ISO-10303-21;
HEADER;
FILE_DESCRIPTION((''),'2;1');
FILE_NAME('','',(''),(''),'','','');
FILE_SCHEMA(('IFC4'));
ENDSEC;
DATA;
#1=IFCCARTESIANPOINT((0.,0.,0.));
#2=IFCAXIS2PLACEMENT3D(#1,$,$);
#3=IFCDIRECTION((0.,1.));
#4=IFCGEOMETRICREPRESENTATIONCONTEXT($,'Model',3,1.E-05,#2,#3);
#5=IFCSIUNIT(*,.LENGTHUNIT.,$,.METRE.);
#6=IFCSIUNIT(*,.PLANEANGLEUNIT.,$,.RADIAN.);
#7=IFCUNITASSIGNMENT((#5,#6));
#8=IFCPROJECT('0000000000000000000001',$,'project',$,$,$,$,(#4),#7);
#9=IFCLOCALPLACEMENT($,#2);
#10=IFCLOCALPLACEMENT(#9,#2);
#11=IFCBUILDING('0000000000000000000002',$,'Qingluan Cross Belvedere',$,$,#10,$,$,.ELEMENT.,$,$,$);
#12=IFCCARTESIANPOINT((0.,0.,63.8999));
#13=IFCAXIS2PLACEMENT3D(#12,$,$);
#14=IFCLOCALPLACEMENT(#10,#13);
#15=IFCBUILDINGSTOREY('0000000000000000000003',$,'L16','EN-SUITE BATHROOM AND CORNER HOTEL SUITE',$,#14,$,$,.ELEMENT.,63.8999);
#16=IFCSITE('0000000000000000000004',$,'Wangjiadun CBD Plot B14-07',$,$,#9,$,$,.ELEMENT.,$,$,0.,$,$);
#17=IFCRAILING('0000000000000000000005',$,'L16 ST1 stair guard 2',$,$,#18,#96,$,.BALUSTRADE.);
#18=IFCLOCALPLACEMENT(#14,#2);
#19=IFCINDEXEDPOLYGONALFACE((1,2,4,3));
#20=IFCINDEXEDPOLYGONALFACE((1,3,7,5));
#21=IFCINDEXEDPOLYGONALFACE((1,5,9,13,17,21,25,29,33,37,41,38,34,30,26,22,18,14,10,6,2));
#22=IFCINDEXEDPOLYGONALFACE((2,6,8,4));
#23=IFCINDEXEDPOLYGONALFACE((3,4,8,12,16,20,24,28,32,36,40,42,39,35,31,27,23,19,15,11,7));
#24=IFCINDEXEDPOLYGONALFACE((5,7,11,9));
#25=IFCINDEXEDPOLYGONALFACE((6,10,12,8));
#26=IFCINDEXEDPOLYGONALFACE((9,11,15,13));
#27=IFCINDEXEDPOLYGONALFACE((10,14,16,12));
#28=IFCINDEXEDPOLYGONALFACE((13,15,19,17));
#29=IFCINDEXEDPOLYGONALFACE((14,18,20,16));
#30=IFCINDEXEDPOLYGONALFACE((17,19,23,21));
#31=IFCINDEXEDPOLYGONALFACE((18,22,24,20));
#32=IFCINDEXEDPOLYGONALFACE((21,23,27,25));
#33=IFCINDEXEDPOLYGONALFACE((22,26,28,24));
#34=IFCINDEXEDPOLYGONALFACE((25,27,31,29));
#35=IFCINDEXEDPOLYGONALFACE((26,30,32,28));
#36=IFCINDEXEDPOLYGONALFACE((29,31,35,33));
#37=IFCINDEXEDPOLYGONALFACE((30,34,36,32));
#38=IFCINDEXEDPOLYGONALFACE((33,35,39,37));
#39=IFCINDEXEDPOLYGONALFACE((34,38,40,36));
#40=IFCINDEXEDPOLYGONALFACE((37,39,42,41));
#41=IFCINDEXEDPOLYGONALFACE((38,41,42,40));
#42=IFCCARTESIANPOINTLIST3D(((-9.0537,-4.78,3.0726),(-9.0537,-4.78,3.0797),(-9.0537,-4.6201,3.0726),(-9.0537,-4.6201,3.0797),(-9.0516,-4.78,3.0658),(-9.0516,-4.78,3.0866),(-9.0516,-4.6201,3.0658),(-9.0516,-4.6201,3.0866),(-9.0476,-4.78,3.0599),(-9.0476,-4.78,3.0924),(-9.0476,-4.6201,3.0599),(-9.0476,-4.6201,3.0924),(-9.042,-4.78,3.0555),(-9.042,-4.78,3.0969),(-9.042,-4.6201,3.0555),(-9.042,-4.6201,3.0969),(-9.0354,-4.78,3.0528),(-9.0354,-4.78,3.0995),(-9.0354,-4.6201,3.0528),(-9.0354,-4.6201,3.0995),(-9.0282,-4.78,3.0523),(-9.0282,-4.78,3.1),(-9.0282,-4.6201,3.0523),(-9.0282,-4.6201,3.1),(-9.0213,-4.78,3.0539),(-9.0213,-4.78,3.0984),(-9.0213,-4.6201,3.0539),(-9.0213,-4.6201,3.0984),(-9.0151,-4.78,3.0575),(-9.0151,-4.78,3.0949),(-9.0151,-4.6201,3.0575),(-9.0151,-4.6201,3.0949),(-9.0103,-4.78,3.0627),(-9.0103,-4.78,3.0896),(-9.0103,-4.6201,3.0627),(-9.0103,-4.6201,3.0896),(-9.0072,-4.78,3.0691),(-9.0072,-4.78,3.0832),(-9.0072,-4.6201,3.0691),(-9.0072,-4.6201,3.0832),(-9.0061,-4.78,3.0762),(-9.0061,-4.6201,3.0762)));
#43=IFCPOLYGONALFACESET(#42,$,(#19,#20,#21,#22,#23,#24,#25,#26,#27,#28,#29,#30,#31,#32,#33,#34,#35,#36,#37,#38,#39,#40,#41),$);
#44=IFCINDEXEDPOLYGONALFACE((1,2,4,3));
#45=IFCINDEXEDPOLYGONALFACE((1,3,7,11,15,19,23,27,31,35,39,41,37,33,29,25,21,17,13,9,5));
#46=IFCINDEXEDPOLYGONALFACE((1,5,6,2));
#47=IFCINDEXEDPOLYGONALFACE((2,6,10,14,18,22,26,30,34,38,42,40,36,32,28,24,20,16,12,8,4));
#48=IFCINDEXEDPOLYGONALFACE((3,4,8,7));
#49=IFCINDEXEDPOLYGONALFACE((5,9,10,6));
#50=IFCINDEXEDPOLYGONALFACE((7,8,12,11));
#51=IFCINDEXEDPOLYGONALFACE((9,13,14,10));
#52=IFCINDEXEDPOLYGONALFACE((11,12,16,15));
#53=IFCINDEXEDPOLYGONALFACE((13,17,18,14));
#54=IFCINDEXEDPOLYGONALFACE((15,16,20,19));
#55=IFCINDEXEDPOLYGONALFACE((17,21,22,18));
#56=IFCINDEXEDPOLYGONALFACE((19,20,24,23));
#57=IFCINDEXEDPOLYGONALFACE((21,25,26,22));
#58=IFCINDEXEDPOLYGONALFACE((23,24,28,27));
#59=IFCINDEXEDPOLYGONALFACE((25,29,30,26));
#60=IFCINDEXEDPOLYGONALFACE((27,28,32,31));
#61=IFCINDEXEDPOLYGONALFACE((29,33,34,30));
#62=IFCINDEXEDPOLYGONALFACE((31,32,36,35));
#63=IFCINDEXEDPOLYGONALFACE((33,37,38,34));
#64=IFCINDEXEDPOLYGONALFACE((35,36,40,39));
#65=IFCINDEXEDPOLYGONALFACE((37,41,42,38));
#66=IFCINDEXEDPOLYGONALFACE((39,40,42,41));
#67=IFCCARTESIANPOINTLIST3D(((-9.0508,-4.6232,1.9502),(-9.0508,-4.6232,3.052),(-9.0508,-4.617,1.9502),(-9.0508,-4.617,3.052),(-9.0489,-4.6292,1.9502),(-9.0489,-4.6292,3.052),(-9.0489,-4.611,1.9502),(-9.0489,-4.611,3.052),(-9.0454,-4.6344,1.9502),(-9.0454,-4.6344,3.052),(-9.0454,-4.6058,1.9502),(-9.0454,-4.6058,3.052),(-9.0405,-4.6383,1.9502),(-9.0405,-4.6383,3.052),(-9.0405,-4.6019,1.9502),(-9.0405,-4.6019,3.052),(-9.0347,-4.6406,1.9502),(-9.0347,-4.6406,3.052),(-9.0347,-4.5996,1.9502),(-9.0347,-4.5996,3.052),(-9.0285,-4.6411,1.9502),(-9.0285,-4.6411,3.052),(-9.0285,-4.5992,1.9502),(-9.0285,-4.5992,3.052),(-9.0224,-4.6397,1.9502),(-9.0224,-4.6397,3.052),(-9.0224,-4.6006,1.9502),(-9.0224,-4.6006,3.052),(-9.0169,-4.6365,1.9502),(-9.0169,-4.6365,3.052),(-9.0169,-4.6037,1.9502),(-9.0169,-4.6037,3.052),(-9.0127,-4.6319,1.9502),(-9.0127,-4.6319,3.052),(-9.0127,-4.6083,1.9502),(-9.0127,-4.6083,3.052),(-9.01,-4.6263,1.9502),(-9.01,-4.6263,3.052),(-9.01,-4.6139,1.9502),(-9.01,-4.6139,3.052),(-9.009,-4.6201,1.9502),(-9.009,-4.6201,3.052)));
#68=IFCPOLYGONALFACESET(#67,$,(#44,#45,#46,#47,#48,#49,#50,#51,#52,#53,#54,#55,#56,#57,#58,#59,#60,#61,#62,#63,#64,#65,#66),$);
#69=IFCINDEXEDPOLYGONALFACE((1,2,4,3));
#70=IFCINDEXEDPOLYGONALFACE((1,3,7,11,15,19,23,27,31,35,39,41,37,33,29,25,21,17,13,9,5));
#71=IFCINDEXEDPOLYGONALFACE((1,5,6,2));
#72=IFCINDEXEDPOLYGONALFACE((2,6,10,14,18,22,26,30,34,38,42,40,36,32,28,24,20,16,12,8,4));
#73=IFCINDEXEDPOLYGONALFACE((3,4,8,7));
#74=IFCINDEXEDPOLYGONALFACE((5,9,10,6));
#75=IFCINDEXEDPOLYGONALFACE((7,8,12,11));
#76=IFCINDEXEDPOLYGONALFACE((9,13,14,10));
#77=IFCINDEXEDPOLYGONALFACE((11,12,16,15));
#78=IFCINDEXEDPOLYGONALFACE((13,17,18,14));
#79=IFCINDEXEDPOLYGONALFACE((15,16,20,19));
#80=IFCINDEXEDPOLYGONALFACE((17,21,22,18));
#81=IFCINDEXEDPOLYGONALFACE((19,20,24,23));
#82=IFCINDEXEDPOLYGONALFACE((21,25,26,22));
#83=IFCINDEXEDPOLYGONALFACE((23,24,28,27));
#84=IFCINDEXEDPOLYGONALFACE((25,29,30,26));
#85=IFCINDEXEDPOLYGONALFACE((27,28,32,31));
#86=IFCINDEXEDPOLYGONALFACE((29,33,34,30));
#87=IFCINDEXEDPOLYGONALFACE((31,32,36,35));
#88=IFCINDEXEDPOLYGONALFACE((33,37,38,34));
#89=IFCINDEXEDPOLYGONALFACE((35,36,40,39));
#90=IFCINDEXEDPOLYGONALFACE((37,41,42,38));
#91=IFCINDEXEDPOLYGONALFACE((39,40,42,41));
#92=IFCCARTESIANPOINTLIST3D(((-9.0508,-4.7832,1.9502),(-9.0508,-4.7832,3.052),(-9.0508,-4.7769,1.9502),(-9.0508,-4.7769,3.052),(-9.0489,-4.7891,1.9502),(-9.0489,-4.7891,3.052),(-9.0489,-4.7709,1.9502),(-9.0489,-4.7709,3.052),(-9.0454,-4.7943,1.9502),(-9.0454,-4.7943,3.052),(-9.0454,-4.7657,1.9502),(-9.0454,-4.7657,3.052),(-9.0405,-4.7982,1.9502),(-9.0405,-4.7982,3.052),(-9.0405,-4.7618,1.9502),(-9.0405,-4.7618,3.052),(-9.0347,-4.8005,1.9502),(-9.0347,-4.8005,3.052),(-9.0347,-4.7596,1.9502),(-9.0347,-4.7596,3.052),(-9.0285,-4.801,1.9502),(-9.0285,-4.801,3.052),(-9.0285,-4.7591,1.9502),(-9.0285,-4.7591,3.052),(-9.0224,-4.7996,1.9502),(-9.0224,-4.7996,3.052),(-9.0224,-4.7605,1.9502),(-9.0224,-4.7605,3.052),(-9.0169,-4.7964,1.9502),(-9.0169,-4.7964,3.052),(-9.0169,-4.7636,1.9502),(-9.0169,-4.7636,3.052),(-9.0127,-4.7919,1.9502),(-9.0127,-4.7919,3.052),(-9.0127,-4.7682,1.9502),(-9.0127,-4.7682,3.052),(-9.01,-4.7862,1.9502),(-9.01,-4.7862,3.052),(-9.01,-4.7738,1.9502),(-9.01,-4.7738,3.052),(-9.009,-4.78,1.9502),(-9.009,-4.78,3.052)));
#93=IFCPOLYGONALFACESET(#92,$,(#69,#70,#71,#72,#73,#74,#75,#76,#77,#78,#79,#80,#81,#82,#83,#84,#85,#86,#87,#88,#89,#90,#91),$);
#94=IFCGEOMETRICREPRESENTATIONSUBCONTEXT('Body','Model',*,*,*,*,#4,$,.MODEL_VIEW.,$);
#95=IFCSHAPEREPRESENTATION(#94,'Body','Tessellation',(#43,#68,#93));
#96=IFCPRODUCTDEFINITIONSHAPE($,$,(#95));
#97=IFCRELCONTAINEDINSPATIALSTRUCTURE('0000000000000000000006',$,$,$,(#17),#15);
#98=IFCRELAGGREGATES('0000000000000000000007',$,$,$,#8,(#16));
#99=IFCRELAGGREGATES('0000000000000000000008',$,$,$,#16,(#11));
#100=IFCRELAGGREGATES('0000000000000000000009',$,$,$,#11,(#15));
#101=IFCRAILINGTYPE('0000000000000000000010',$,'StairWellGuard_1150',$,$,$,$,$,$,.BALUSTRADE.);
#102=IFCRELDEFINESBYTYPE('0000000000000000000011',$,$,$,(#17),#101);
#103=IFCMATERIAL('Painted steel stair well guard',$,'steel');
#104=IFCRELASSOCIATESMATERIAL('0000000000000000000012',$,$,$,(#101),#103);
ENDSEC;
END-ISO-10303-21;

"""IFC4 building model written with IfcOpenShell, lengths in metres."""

from ifc_helpers import new_model, si_unit, direction, frame, origin, origin_2d, place, context, subcontext, project, spatial, circle, extrude, material, type_object, element, save


model = new_model("IFC4")

# Units and contexts
model_context = context("Model", 3, precision=1e-05, world=origin(), true_north=direction((0.0, 1.0)))
body_context = subcontext(model_context, "Body", "Model", "MODEL_VIEW")
ifc_project = project(units=[si_unit("LENGTHUNIT", "METRE"), si_unit("PLANEANGLEUNIT", "RADIAN")], contexts=[model_context])

# Site, building, storey
site_placement = place(None, origin())
site = spatial("IfcSite", under=ifc_project, at=site_placement, Name="Wangjiadun CBD Plot B14-07", CompositionType="ELEMENT", RefElevation=0.0)
building_placement = place(site_placement, origin())
building = spatial("IfcBuilding", under=site, at=building_placement, Name="Qingluan Cross Belvedere", CompositionType="ELEMENT")
storey_placement = place(building_placement, frame((0.0, 0.0, 63.8999)))
storey = spatial("IfcBuildingStorey", under=building, at=storey_placement, Name="L16", Description="EN-SUITE BATHROOM AND CORNER HOTEL SUITE", CompositionType="ELEMENT", Elevation=63.8999)

# Railing
ifc_material_1 = material(Name="Painted steel stair well guard", Category="steel")
railing_type_1 = type_object("IfcRailingType", Name="StairWellGuard_1150", PredefinedType="BALUSTRADE", material=ifc_material_1)
railing_1_placement = place(storey_placement, frame((-9.03, -4.6201, 1.9502)))
element("IfcRailing", 1, at=railing_1_placement, inside=storey, type_object=railing_type_1, Name="L16 ST1 stair guard 2", PredefinedType="BALUSTRADE", context=body_context, shape_type="SweptSolid", body=[
    extrude(circle(Radius=0.0239, at=origin_2d()), frame((0.0, 0.0, 1.126), z_axis=(0.0, -1.0, 0.0), x_axis=(1.0, 0.0, 0.0)), (0.0, 0.0, 1.0), 0.1599),
    extrude(circle(Radius=0.021, at=origin_2d()), origin(), (0.0, 0.0, 1.0), 1.1018),
    extrude(circle(Radius=0.021, at=origin_2d()), frame((0.0, -0.1599, 0.0)), (0.0, 0.0, 1.0), 1.1018),
])

save(model, "model.ifc")
